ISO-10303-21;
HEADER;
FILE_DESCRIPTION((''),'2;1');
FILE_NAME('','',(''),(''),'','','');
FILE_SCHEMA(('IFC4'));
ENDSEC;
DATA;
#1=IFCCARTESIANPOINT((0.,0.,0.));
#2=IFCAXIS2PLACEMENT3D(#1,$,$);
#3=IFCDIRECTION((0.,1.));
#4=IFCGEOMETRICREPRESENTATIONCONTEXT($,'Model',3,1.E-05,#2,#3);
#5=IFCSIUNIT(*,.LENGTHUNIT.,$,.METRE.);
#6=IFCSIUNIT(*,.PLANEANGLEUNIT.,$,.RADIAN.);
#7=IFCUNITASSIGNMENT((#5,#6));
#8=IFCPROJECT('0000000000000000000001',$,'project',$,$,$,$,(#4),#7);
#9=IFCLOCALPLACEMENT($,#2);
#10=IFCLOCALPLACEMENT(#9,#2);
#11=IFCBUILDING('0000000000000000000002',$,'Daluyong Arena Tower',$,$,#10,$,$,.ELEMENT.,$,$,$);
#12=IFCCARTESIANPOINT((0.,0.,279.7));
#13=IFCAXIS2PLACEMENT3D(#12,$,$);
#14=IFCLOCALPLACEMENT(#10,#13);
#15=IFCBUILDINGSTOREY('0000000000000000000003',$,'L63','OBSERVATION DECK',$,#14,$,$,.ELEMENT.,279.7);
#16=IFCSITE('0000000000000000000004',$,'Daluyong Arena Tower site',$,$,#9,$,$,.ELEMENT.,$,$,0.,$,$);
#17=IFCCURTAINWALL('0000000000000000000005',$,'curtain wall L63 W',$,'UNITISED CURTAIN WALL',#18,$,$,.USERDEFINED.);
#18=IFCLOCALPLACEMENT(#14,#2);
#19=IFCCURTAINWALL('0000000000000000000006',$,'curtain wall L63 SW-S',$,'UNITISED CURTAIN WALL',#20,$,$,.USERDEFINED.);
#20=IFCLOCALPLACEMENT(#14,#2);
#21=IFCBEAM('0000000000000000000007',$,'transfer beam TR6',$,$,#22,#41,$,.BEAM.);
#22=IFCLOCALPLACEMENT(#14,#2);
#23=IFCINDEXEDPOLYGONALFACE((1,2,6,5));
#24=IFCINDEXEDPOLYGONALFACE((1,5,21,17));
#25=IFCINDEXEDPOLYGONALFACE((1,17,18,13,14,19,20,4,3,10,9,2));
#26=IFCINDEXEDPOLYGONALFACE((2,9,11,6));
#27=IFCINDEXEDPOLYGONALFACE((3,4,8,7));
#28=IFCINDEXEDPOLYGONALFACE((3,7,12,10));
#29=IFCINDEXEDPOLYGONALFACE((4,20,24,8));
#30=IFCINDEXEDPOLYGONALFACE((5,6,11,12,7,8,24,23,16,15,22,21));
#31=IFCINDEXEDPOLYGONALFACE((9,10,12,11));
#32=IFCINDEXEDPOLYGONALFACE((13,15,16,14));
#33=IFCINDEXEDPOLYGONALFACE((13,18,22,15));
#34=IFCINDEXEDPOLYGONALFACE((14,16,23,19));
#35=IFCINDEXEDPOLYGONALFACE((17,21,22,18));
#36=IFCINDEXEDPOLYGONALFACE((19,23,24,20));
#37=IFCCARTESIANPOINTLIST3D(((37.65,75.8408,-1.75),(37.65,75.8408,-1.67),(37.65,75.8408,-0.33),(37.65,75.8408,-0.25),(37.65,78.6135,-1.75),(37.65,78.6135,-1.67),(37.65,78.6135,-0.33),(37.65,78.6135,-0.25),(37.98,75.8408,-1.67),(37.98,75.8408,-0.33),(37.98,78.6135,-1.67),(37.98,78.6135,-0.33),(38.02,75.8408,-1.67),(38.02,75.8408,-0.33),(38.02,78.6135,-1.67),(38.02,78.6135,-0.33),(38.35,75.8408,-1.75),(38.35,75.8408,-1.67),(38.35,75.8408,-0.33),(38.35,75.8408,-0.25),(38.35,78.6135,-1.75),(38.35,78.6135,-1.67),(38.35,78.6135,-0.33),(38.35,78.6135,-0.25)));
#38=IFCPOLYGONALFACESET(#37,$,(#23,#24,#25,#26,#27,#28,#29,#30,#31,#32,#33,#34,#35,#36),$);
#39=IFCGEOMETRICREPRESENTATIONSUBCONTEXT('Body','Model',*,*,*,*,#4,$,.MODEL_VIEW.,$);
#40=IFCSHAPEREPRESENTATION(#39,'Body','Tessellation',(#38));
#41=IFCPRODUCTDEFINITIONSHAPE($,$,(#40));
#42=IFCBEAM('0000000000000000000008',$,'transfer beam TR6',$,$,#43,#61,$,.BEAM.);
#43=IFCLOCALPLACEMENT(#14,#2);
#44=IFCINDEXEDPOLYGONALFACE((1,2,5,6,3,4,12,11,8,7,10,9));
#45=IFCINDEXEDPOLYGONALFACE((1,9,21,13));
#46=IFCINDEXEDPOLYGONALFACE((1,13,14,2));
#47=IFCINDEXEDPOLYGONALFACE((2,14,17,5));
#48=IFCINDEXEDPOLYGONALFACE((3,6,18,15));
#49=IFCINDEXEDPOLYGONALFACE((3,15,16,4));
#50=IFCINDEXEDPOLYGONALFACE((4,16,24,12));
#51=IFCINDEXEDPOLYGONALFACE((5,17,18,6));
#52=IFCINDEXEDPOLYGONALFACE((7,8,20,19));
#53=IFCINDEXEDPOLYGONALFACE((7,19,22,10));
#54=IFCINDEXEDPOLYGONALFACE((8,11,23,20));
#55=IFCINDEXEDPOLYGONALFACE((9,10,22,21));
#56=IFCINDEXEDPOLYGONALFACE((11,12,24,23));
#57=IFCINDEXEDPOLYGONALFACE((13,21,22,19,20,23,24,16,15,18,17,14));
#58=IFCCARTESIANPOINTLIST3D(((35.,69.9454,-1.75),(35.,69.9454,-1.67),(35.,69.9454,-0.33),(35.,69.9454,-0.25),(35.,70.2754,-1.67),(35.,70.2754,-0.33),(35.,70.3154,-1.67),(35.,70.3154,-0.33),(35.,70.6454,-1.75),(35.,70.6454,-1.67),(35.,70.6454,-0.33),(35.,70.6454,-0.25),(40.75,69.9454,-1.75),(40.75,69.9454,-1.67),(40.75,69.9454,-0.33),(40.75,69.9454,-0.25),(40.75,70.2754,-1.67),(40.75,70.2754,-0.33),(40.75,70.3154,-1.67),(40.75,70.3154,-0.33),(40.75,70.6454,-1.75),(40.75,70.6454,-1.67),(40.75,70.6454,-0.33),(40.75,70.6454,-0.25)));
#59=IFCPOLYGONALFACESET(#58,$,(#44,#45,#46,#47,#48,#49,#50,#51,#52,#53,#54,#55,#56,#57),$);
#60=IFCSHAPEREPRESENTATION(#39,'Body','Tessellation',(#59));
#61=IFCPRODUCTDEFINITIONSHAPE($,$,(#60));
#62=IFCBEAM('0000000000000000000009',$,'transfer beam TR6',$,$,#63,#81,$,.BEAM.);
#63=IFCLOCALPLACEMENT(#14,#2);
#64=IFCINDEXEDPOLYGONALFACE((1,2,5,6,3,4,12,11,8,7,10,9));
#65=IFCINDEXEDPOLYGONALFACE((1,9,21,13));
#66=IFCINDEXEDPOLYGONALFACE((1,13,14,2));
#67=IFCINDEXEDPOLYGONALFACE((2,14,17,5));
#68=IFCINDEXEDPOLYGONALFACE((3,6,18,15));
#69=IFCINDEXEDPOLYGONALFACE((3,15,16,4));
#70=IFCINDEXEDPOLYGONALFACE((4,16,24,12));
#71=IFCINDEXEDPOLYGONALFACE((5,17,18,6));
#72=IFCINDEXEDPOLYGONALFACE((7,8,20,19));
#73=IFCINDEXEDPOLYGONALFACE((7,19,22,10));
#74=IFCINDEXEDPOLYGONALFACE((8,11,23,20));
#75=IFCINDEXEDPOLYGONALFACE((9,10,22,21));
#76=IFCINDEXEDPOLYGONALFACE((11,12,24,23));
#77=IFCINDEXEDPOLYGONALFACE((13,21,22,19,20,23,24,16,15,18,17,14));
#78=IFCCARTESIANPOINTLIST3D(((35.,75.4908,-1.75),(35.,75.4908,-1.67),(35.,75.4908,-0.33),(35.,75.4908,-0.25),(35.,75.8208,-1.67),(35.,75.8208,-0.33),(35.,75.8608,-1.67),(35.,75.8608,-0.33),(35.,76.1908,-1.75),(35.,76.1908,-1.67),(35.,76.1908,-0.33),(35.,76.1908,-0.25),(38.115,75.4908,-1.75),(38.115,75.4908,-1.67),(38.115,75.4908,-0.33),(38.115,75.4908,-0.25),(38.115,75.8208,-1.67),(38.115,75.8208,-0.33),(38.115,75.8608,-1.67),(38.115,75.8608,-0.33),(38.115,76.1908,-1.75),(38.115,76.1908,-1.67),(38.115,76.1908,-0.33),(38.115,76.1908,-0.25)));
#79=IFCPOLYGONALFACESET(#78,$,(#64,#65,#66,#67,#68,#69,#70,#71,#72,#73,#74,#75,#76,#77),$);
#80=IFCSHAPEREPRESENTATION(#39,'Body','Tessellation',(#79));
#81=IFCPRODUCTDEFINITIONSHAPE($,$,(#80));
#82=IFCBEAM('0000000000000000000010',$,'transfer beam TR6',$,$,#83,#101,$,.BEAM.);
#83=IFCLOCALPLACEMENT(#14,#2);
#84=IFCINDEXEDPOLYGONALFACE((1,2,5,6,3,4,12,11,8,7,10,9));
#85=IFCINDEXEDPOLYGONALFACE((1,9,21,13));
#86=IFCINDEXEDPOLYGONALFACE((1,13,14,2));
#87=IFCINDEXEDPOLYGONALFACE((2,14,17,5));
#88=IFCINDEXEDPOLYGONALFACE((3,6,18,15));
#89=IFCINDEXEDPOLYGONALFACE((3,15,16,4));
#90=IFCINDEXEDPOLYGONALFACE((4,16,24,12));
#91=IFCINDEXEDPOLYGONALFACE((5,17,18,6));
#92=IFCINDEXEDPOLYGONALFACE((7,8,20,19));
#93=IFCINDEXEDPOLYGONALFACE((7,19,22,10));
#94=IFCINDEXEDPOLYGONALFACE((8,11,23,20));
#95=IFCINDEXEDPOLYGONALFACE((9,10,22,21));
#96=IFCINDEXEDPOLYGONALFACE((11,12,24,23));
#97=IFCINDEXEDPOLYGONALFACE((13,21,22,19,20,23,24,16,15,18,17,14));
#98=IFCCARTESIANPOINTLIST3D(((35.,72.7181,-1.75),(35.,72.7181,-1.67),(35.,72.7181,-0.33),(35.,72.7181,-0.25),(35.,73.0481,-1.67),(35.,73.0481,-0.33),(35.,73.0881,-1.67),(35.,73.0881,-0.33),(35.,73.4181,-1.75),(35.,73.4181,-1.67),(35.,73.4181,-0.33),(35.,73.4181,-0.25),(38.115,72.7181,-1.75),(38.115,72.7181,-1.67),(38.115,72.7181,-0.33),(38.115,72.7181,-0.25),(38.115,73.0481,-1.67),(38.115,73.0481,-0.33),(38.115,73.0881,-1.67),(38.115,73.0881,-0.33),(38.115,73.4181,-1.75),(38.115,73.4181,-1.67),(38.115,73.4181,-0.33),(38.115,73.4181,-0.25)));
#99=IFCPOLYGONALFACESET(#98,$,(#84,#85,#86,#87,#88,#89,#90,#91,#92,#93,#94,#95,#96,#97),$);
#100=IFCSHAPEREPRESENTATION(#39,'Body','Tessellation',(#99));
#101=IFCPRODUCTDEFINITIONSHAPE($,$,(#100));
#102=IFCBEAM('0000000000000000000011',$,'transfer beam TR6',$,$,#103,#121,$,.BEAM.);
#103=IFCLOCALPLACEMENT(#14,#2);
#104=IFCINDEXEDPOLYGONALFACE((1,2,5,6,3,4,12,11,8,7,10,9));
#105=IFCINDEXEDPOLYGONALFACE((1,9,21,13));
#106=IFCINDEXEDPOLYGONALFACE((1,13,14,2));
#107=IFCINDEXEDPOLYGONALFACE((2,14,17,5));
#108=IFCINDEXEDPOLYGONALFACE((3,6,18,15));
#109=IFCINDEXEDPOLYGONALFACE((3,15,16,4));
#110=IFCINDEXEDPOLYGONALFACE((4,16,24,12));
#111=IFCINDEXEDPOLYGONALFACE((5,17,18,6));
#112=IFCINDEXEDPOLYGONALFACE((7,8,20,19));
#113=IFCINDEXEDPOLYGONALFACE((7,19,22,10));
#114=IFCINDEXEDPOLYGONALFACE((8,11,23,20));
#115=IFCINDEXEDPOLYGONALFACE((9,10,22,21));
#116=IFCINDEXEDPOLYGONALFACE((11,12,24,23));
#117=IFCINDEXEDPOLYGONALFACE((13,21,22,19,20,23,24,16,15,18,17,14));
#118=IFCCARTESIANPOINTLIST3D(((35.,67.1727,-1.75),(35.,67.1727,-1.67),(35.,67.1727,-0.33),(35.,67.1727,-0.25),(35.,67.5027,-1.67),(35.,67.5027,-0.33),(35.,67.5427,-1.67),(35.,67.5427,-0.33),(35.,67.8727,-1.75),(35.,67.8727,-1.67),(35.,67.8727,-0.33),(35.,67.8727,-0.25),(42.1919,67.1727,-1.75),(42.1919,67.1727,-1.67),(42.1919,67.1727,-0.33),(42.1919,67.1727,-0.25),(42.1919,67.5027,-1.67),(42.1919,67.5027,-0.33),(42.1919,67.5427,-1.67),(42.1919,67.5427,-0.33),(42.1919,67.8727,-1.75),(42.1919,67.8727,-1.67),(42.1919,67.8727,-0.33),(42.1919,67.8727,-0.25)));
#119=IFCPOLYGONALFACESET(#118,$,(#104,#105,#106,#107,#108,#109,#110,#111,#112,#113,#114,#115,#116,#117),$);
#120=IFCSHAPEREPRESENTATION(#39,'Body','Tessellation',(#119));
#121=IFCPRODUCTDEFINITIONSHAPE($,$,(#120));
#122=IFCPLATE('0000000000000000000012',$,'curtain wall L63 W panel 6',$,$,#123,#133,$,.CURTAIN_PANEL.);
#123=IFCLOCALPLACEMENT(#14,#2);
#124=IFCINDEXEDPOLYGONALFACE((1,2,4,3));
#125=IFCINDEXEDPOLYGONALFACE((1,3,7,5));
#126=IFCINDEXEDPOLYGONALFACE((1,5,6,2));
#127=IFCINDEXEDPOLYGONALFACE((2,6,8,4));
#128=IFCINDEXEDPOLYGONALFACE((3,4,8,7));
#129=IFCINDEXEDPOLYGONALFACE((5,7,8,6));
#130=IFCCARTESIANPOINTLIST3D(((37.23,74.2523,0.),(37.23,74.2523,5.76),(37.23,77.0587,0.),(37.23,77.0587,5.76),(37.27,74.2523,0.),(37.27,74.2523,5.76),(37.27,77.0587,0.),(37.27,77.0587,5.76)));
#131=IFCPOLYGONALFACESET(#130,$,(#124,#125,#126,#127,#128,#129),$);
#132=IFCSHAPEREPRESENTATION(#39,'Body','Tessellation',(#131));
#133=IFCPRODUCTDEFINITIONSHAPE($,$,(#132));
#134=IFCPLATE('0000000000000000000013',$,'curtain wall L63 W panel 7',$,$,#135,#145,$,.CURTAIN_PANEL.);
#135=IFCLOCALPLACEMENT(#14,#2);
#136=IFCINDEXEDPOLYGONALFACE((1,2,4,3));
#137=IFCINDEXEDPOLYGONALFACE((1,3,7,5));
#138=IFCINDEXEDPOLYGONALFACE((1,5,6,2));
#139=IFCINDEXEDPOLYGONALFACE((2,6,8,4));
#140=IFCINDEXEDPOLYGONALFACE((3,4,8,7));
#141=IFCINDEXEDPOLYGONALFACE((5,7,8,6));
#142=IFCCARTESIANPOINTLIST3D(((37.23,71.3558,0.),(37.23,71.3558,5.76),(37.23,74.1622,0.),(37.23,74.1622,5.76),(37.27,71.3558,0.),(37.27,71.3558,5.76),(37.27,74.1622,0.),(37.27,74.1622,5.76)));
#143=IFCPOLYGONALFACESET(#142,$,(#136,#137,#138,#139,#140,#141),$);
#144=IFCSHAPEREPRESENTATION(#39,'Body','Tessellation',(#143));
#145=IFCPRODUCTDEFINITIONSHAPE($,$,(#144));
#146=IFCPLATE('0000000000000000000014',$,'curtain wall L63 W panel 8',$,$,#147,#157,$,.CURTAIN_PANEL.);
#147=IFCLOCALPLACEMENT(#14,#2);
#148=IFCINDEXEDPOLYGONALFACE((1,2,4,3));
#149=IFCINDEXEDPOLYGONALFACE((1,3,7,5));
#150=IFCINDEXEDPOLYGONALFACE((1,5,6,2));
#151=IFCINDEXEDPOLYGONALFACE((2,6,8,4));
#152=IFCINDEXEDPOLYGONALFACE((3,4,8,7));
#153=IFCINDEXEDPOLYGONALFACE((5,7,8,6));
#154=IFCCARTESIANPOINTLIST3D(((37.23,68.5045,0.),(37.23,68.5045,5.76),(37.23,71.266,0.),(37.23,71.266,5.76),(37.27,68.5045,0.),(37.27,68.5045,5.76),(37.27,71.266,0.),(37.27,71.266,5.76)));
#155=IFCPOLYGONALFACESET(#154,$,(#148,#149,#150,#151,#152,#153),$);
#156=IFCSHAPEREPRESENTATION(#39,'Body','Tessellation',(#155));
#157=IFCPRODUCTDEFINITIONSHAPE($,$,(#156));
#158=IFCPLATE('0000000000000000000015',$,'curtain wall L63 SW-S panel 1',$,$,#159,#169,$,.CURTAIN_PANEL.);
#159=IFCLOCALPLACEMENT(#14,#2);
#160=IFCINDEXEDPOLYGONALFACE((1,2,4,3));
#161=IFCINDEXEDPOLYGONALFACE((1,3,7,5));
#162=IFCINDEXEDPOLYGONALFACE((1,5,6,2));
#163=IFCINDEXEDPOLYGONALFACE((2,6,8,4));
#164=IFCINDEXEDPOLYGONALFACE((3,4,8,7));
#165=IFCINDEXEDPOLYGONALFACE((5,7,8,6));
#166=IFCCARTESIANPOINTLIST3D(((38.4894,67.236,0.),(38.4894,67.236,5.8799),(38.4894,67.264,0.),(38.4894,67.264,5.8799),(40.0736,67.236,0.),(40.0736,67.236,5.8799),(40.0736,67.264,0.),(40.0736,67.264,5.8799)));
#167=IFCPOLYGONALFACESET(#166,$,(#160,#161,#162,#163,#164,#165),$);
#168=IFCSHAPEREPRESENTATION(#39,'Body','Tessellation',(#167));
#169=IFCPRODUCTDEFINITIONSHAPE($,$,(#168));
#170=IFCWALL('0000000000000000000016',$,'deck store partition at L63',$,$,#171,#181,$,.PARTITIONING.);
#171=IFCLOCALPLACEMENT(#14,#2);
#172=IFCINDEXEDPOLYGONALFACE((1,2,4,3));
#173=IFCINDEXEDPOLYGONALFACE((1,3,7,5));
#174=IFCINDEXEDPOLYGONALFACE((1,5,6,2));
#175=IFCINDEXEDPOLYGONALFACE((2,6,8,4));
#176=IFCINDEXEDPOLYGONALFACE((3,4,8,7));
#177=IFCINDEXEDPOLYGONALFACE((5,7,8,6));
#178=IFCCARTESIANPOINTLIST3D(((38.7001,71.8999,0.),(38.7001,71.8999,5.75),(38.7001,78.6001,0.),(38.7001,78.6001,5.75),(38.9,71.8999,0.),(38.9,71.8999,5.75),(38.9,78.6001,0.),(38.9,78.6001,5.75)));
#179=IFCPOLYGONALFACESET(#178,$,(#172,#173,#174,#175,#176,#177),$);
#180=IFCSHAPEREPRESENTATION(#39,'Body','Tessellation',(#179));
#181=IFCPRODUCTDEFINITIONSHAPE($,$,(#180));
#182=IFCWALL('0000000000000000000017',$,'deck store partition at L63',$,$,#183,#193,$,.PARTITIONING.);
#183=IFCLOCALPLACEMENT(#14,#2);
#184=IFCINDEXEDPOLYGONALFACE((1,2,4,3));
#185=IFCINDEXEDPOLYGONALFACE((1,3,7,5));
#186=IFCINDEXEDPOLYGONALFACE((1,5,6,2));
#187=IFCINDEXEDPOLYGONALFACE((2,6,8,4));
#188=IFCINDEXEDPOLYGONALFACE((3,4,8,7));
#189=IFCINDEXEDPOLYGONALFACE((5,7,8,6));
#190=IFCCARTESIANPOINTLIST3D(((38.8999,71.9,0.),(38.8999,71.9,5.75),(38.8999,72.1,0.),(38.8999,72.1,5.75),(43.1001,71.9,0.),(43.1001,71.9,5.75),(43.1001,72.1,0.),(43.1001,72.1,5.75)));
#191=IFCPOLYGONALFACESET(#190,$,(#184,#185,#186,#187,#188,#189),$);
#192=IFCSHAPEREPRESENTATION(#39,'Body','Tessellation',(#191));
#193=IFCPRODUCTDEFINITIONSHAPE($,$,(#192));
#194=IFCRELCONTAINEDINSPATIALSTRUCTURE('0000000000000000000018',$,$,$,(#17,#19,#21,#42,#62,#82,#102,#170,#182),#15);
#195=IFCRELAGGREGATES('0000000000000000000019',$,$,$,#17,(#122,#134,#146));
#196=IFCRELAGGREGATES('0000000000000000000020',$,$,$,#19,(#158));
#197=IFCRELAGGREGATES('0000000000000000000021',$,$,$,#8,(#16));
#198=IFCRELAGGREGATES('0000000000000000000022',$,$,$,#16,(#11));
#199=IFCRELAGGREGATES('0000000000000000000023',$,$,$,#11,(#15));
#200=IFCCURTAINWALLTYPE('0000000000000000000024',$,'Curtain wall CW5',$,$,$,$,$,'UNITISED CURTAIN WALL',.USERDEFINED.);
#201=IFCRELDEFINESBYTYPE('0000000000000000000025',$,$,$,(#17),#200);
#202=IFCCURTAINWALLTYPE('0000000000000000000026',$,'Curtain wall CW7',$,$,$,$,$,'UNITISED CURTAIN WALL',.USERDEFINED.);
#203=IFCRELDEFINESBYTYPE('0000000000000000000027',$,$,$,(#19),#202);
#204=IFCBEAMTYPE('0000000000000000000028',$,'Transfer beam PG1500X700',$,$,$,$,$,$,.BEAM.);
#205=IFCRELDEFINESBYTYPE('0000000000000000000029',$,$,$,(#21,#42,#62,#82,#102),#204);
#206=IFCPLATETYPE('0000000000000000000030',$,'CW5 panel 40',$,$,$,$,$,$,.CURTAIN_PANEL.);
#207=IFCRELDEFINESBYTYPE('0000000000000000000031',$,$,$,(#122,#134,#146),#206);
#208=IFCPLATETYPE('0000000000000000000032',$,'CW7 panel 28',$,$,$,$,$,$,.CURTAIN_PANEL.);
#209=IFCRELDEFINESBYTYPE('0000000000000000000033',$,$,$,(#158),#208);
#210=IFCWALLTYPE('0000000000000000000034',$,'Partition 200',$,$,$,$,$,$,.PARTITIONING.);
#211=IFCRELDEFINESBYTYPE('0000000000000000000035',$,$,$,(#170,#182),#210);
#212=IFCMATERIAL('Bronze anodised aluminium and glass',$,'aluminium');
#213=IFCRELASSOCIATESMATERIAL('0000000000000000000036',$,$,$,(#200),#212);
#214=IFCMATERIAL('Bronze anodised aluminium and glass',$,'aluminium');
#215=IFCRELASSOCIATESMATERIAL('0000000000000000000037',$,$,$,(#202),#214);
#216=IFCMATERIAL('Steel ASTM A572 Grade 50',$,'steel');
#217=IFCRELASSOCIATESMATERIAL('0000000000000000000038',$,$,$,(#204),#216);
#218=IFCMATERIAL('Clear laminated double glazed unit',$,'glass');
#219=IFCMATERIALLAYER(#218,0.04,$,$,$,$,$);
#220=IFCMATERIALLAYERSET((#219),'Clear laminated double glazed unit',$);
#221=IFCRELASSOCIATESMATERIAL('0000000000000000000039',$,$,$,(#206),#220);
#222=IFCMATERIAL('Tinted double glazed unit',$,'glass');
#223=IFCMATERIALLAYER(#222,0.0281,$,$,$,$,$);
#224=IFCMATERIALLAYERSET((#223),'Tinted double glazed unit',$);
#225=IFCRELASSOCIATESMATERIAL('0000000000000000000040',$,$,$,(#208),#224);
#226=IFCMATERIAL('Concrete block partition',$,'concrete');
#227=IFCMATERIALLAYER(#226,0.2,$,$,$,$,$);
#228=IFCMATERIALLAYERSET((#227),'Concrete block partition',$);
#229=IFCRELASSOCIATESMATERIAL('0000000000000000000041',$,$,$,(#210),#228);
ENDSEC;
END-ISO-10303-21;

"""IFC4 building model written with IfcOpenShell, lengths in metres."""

from ifc_helpers import new_model, si_unit, direction, frame, frame_2d, origin, origin_2d, place, context, subcontext, project, spatial, rectangle, i_section, extrude, material, layer, layer_set, material_profile, profile_set, type_object, element, aggregate, save


model = new_model("IFC4")

# Units and contexts
model_context = context("Model", 3, precision=1e-05, world=origin(), true_north=direction((0.0, 1.0)))
body_context = subcontext(model_context, "Body", "Model", "MODEL_VIEW")
ifc_project = project(units=[si_unit("LENGTHUNIT", "METRE"), si_unit("PLANEANGLEUNIT", "RADIAN")], contexts=[model_context])

# Site, building, storey
site_placement = place(None, origin())
site = spatial("IfcSite", under=ifc_project, at=site_placement, Name="Daluyong Arena Tower site", CompositionType="ELEMENT", RefElevation=0.0)
building_placement = place(site_placement, origin())
building = spatial("IfcBuilding", under=site, at=building_placement, Name="Daluyong Arena Tower", CompositionType="ELEMENT")
storey_placement = place(building_placement, frame((0.0, 0.0, 279.7)))
storey = spatial("IfcBuildingStorey", under=building, at=storey_placement, Name="L63", Description="OBSERVATION DECK", CompositionType="ELEMENT", Elevation=279.7)

# Curtain walls
ifc_material_1 = material(Name="Bronze anodised aluminium and glass", Category="aluminium")
curtain_wall_type_1 = type_object("IfcCurtainWallType", Name="Curtain wall CW5", ElementType="UNITISED CURTAIN WALL", PredefinedType="USERDEFINED", material=ifc_material_1)
curtain_wall_1_placement = place(storey_placement, origin())
curtain_wall_1 = element("IfcCurtainWall", 1, at=curtain_wall_1_placement, inside=storey, type_object=curtain_wall_type_1, Name="curtain wall L63 W", ObjectType="UNITISED CURTAIN WALL", PredefinedType="USERDEFINED")
ifc_material_2 = material(Name="Bronze anodised aluminium and glass", Category="aluminium")
curtain_wall_type_2 = type_object("IfcCurtainWallType", Name="Curtain wall CW7", ElementType="UNITISED CURTAIN WALL", PredefinedType="USERDEFINED", material=ifc_material_2)
curtain_wall_2_placement = place(storey_placement, origin())
curtain_wall_2 = element("IfcCurtainWall", 2, at=curtain_wall_2_placement, inside=storey, type_object=curtain_wall_type_2, Name="curtain wall L63 SW-S", ObjectType="UNITISED CURTAIN WALL", PredefinedType="USERDEFINED")

# Beams
ifc_material_3 = material(Name="Steel ASTM A572 Grade 50", Category="steel")
ifc_material_profile_1 = material_profile(ifc_material_3, i_section(OverallWidth=0.7, OverallDepth=1.5, WebThickness=0.04, FlangeThickness=0.08, at=origin_2d()))
ifc_profile_set_1 = profile_set([ifc_material_profile_1], Name="Steel ASTM A572 Grade 50")
beam_type_1 = type_object("IfcBeamType", Name="Transfer beam PG1500X700", PredefinedType="BEAM", material=ifc_profile_set_1)
for number, where, z_axis, x_axis, name in (
    (3, (38.0, 75.8408, -1.0), (0.0, 1.0, 0.0), (-1.0, 0.0, 0.0), "transfer beam TR6"),
):
    element("IfcBeam", number, at=place(storey_placement, frame(where, z_axis=z_axis, x_axis=x_axis)), inside=storey, type_object=beam_type_1, Name=name, PredefinedType="BEAM", context=body_context, shape_type="SweptSolid", body=[
        extrude(i_section(OverallWidth=0.7, OverallDepth=1.5, WebThickness=0.04, FlangeThickness=0.08, at=origin_2d()), origin(), (0.0, 0.0, 1.0), 2.7727),
    ])
beam_1_placement = place(storey_placement, frame((35.0, 70.2954, -1.0), z_axis=(1.0, 0.0, 0.0), x_axis=(0.0, 1.0, 0.0)))
element("IfcBeam", 4, at=beam_1_placement, inside=storey, type_object=beam_type_1, Name="transfer beam TR6", PredefinedType="BEAM", context=body_context, shape_type="SweptSolid", body=[
    extrude(i_section(OverallWidth=0.7, OverallDepth=1.5, WebThickness=0.04, FlangeThickness=0.08, at=origin_2d()), origin(), (0.0, 0.0, 1.0), 5.75),
])
for number, where, z_axis, x_axis, name in (
    (5, (35.0, 75.8408, -1.0), (1.0, 0.0, 0.0), (0.0, 1.0, 0.0), "transfer beam TR6"),
    (6, (35.0, 73.0681, -1.0), (1.0, 0.0, 0.0), (0.0, 1.0, 0.0), "transfer beam TR6"),
):
    element("IfcBeam", number, at=place(storey_placement, frame(where, z_axis=z_axis, x_axis=x_axis)), inside=storey, type_object=beam_type_1, Name=name, PredefinedType="BEAM", context=body_context, shape_type="SweptSolid", body=[
        extrude(i_section(OverallWidth=0.7, OverallDepth=1.5, WebThickness=0.04, FlangeThickness=0.08, at=origin_2d()), origin(), (0.0, 0.0, 1.0), 3.115),
    ])
beam_2_placement = place(storey_placement, frame((35.0, 67.5227, -1.0), z_axis=(1.0, 0.0, 0.0), x_axis=(0.0, 1.0, 0.0)))
element("IfcBeam", 7, at=beam_2_placement, inside=storey, type_object=beam_type_1, Name="transfer beam TR6", PredefinedType="BEAM", context=body_context, shape_type="SweptSolid", body=[
    extrude(i_section(OverallWidth=0.7, OverallDepth=1.5, WebThickness=0.04, FlangeThickness=0.08, at=origin_2d()), origin(), (0.0, 0.0, 1.0), 7.1919),
])

# Plates
ifc_material_4 = material(Name="Clear laminated double glazed unit", Category="glass")
ifc_layer_1 = layer(ifc_material_4, 0.04)
ifc_layer_set_1 = layer_set([ifc_layer_1], Name="Clear laminated double glazed unit")
plate_type_1 = type_object("IfcPlateType", Name="CW5 panel 40", PredefinedType="CURTAIN_PANEL", material=ifc_layer_set_1)
plate_1_placement = place(storey_placement, frame((37.25, 75.6555, 0.0), z_axis=(0.0, 0.0, 1.0), x_axis=(0.0, -1.0, 0.0)))
plate_1 = element("IfcPlate", 8, at=plate_1_placement, type_object=plate_type_1, Name="curtain wall L63 W panel 6", PredefinedType="CURTAIN_PANEL", context=body_context, shape_type="SweptSolid", body=[
    extrude(rectangle(XDim=2.8064, YDim=0.04, at=origin_2d()), origin(), (0.0, 0.0, 1.0), 5.76),
])
plate_2_placement = place(storey_placement, frame((37.25, 72.759, 0.0), z_axis=(0.0, 0.0, 1.0), x_axis=(0.0, -1.0, 0.0)))
plate_2 = element("IfcPlate", 9, at=plate_2_placement, type_object=plate_type_1, Name="curtain wall L63 W panel 7", PredefinedType="CURTAIN_PANEL", context=body_context, shape_type="SweptSolid", body=[
    extrude(rectangle(XDim=2.8064, YDim=0.04, at=origin_2d()), origin(), (0.0, 0.0, 1.0), 5.76),
])
plate_3_placement = place(storey_placement, frame((37.25, 69.8853, 0.0), z_axis=(0.0, 0.0, 1.0), x_axis=(0.0, -1.0, 0.0)))
plate_3 = element("IfcPlate", 10, at=plate_3_placement, type_object=plate_type_1, Name="curtain wall L63 W panel 8", PredefinedType="CURTAIN_PANEL", context=body_context, shape_type="SweptSolid", body=[
    extrude(rectangle(XDim=2.7615, YDim=0.04, at=origin_2d()), origin(), (0.0, 0.0, 1.0), 5.76),
])
aggregate(curtain_wall_1, [plate_1, plate_2, plate_3])
ifc_material_5 = material(Name="Tinted double glazed unit", Category="glass")
ifc_layer_2 = layer(ifc_material_5, 0.0281)
ifc_layer_set_2 = layer_set([ifc_layer_2], Name="Tinted double glazed unit")
plate_type_2 = type_object("IfcPlateType", Name="CW7 panel 28", PredefinedType="CURTAIN_PANEL", material=ifc_layer_set_2)
plate_4_placement = place(storey_placement, frame((39.2815, 67.25, 0.0), z_axis=(0.0, 0.0, 1.0), x_axis=(1.0, 0.0, 0.0)))
plate_4 = element("IfcPlate", 11, at=plate_4_placement, type_object=plate_type_2, Name="curtain wall L63 SW-S panel 1", PredefinedType="CURTAIN_PANEL", context=body_context, shape_type="SweptSolid", body=[
    extrude(rectangle(XDim=1.5842, YDim=0.0281, at=origin_2d()), origin(), (0.0, 0.0, 1.0), 5.8799),
])
aggregate(curtain_wall_2, [plate_4])

# Walls
ifc_material_6 = material(Name="Concrete block partition", Category="concrete")
ifc_layer_3 = layer(ifc_material_6, 0.2)
ifc_layer_set_3 = layer_set([ifc_layer_3], Name="Concrete block partition")
wall_type_1 = type_object("IfcWallType", Name="Partition 200", PredefinedType="PARTITIONING", material=ifc_layer_set_3)
wall_1_placement = place(storey_placement, frame((38.8, 71.8999, 0.0), z_axis=(0.0, 0.0, 1.0), x_axis=(0.0, 1.0, 0.0)))
element("IfcWall", 12, at=wall_1_placement, inside=storey, type_object=wall_type_1, Name="deck store partition at L63", PredefinedType="PARTITIONING", context=body_context, shape_type="SweptSolid", body=[
    extrude(rectangle(XDim=6.7002, YDim=0.2, at=frame_2d((3.3501, 0.0))), origin(), (0.0, 0.0, 1.0), 5.75),
])
wall_2_placement = place(storey_placement, frame((38.8999, 72.0, 0.0), z_axis=(0.0, 0.0, 1.0), x_axis=(1.0, 0.0, 0.0)))
element("IfcWall", 13, at=wall_2_placement, inside=storey, type_object=wall_type_1, Name="deck store partition at L63", PredefinedType="PARTITIONING", context=body_context, shape_type="SweptSolid", body=[
    extrude(rectangle(XDim=4.2002, YDim=0.2, at=frame_2d((2.1001, 0.0))), origin(), (0.0, 0.0, 1.0), 5.75),
])

save(model, "model.ifc")
